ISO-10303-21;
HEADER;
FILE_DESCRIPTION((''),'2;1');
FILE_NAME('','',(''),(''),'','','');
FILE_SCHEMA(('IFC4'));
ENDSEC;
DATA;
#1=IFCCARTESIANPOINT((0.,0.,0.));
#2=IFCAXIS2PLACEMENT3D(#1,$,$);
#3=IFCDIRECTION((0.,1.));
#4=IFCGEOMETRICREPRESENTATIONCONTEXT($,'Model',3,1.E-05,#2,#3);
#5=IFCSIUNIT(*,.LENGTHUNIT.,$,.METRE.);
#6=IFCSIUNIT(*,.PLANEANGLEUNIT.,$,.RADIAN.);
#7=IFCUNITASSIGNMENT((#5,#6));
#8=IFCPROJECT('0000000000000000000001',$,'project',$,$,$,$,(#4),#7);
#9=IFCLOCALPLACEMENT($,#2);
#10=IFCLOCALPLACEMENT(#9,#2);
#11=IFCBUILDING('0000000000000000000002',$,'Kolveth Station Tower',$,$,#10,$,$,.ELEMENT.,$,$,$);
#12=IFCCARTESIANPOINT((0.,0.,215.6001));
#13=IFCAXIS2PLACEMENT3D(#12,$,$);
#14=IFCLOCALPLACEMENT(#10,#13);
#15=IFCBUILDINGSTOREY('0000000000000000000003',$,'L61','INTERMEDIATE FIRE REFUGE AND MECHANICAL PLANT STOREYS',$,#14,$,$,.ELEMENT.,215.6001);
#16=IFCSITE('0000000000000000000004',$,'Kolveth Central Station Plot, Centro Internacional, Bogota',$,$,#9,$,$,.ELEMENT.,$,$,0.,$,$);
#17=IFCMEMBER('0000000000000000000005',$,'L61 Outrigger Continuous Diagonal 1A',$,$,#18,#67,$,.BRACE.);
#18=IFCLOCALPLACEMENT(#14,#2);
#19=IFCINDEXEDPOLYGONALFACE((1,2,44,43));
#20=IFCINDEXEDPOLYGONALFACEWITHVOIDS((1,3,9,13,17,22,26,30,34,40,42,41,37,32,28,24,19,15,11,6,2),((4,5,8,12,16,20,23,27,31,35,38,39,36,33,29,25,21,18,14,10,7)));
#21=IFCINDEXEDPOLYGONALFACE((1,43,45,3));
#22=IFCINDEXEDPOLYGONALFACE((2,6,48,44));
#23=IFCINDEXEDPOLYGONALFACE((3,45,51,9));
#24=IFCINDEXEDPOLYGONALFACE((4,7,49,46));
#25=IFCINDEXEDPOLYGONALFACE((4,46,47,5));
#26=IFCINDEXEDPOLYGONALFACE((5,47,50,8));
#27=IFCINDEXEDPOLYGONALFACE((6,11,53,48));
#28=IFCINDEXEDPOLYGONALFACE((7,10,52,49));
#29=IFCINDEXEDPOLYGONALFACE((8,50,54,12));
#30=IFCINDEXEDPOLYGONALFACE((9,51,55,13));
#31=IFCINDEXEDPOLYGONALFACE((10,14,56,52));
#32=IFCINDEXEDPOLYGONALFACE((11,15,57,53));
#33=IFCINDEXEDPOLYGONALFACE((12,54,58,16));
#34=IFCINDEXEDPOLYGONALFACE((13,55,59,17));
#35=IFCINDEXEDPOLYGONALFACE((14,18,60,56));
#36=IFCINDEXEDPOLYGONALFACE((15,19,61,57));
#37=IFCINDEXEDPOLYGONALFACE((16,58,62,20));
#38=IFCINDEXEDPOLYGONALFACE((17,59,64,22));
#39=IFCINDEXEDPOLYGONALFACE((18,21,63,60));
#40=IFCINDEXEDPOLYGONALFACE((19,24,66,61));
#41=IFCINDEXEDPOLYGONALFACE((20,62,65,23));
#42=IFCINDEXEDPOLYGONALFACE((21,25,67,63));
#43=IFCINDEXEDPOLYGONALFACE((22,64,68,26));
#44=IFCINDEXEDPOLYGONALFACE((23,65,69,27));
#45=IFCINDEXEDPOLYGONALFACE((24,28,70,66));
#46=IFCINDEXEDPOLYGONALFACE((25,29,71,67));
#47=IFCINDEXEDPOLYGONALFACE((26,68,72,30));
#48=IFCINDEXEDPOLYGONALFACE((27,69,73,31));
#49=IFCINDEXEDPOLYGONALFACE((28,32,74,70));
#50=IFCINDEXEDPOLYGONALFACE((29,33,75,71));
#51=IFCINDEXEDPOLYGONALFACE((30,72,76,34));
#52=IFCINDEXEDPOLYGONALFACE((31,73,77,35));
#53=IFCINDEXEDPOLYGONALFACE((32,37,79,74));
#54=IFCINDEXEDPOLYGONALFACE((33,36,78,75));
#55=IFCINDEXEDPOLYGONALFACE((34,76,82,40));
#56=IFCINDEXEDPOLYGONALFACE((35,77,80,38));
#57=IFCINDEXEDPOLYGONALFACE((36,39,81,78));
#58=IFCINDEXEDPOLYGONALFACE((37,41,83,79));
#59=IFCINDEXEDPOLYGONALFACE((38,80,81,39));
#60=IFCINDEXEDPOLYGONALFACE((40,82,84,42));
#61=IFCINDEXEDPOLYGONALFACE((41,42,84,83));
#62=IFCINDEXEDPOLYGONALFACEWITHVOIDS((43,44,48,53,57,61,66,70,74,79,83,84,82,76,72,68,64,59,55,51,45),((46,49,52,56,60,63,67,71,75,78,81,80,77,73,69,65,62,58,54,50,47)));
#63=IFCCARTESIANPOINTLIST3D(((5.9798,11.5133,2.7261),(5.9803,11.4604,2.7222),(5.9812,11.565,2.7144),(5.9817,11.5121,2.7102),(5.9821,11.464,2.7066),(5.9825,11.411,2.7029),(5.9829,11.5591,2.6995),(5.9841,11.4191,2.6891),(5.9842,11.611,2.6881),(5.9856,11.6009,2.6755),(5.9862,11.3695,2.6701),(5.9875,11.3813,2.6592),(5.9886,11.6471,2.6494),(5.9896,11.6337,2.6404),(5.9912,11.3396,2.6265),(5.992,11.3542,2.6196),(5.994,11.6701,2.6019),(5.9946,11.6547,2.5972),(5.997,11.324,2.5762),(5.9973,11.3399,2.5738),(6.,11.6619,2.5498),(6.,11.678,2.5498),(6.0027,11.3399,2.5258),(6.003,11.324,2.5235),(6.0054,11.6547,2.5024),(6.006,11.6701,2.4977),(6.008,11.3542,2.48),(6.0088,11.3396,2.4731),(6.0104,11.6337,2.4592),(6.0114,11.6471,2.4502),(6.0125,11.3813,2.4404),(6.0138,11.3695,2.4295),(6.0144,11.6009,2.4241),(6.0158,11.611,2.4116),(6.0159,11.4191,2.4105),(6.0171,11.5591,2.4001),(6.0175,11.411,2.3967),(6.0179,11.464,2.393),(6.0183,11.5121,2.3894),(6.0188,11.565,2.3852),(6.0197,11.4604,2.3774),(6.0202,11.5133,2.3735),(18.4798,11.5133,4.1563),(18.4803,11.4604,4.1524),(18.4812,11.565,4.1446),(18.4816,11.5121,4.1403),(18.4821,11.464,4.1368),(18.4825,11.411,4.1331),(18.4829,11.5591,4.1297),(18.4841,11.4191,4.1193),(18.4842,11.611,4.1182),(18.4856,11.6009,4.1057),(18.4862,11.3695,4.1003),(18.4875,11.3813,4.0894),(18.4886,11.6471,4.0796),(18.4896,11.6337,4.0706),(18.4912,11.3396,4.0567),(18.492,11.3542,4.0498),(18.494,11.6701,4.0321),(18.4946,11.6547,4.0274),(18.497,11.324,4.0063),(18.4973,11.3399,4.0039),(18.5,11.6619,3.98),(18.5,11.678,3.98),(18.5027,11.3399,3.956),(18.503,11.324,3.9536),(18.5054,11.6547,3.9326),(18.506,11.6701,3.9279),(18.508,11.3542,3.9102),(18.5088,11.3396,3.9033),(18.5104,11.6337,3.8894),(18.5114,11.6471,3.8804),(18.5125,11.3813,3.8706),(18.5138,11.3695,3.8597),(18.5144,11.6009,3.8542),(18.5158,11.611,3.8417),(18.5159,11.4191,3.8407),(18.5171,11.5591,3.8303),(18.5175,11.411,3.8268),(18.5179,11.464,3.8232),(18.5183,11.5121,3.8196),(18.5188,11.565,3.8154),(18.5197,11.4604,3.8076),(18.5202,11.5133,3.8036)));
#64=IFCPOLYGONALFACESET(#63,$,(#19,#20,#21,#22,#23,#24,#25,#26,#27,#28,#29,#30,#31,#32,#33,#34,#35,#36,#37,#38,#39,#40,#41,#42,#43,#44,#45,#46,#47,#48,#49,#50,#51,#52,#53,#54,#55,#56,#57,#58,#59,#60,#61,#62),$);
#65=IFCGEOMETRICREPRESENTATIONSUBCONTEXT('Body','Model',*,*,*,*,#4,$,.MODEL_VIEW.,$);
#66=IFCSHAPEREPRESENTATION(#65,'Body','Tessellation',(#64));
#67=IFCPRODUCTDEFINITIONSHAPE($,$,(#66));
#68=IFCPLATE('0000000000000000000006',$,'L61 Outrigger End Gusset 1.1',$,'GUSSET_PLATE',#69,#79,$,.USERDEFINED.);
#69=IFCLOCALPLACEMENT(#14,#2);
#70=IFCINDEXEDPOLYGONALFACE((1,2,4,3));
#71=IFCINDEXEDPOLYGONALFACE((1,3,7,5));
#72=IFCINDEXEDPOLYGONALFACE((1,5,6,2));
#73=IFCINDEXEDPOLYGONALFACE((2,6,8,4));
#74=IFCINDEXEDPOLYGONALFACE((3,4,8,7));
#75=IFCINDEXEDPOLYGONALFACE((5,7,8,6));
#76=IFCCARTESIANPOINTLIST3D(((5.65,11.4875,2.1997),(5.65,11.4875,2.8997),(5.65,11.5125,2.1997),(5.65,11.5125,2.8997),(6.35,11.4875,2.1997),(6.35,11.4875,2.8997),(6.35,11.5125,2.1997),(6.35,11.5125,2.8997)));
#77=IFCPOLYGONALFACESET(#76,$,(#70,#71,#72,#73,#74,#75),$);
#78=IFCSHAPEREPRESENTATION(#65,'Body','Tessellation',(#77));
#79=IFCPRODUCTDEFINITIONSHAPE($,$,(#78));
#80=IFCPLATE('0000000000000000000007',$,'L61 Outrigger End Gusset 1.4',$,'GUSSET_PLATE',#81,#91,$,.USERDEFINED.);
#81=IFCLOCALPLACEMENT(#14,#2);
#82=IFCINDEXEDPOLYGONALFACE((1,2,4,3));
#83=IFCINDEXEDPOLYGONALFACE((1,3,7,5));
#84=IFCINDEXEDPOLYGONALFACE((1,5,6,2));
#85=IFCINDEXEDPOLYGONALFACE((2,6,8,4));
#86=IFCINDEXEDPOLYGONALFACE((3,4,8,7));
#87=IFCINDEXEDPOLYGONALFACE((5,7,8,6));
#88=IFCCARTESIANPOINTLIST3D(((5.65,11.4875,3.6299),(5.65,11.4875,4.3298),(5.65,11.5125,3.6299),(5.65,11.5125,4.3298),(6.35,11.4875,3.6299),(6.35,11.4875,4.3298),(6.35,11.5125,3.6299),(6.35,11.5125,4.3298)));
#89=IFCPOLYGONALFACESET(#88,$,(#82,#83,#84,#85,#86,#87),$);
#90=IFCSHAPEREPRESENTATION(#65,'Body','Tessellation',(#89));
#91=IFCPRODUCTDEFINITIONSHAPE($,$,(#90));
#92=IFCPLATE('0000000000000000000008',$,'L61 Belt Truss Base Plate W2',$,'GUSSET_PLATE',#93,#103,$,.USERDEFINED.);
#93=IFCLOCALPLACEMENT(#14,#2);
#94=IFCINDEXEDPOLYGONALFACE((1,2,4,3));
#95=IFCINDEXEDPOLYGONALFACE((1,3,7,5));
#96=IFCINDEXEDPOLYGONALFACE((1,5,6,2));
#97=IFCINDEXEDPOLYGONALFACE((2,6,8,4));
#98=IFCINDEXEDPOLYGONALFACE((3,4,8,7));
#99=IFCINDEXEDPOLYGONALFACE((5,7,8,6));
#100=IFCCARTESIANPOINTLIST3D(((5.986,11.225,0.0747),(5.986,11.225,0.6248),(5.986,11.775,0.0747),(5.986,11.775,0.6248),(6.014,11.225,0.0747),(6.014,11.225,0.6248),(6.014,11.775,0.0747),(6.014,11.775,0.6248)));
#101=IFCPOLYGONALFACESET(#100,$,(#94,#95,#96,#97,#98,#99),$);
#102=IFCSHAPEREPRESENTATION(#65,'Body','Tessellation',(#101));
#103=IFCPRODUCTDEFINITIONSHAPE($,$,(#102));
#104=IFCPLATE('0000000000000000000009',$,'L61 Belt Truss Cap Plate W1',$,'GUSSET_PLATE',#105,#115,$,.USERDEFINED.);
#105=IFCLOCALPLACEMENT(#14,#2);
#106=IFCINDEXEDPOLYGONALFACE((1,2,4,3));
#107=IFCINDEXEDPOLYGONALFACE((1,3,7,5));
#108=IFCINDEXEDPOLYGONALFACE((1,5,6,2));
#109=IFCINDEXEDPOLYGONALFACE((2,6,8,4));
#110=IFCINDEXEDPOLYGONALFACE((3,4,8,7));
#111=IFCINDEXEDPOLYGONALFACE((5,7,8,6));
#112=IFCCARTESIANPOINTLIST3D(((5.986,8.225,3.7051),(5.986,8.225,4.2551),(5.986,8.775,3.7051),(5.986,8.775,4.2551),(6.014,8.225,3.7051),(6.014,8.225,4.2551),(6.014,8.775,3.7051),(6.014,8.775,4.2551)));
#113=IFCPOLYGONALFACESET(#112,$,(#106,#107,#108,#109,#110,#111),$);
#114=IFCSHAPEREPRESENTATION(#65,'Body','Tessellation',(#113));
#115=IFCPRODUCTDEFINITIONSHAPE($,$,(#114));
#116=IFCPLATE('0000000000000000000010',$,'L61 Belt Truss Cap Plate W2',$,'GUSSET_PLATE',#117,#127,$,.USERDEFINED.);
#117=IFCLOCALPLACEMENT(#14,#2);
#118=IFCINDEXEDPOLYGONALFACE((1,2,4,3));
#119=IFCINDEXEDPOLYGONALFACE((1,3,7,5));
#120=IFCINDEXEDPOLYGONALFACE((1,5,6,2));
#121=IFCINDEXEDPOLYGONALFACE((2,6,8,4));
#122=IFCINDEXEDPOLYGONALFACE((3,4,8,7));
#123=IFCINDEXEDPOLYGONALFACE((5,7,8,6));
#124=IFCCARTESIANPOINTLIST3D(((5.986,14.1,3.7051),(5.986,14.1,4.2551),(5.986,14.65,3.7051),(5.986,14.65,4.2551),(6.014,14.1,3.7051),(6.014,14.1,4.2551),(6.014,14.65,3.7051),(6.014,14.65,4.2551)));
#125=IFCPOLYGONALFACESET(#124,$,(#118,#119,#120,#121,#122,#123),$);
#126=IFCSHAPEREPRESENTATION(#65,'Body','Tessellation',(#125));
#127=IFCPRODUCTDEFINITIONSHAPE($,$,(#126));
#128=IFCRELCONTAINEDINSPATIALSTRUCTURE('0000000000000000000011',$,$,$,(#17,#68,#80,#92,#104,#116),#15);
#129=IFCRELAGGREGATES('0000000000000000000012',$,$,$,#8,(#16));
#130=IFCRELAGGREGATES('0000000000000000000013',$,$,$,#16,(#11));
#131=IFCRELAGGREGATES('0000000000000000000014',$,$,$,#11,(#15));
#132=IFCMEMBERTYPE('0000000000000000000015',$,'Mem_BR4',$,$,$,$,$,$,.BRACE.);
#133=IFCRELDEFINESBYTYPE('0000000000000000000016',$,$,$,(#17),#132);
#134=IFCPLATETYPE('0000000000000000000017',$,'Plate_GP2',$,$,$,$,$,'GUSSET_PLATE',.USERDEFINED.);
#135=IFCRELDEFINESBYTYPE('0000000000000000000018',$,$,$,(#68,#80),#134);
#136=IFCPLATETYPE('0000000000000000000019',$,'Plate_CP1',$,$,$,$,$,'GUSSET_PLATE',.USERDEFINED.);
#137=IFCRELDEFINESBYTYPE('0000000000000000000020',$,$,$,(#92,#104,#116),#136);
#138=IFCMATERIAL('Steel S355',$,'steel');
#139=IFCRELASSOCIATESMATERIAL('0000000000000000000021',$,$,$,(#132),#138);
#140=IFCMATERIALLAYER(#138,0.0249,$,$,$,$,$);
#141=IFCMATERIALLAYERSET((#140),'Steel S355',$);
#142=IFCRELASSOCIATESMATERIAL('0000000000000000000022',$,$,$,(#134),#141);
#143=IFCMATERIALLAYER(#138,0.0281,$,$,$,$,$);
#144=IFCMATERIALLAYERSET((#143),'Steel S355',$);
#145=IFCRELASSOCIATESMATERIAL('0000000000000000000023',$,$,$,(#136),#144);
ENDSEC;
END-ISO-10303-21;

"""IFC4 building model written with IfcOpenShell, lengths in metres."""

from ifc_helpers import new_model, si_unit, direction, frame, origin, origin_2d, place, context, subcontext, project, spatial, rectangle, hollow_circle, extrude, source, transform, mapped, material, layer, layer_set, material_profile, profile_set, type_object, element, save


model = new_model("IFC4")

# Units and contexts
model_context = context("Model", 3, precision=1e-05, world=origin(), true_north=direction((0.0, 1.0)))
body_context = subcontext(model_context, "Body", "Model", "MODEL_VIEW")
ifc_project = project(units=[si_unit("LENGTHUNIT", "METRE"), si_unit("PLANEANGLEUNIT", "RADIAN")], contexts=[model_context])

# Site, building, storey
site_placement = place(None, origin())
site = spatial("IfcSite", under=ifc_project, at=site_placement, Name="Kolveth Central Station Plot, Centro Internacional, Bogota", CompositionType="ELEMENT", RefElevation=0.0)
building_placement = place(site_placement, origin())
building = spatial("IfcBuilding", under=site, at=building_placement, Name="Kolveth Station Tower", CompositionType="ELEMENT")
storey_placement = place(building_placement, frame((0.0, 0.0, 215.6001)))
storey = spatial("IfcBuildingStorey", under=building, at=storey_placement, Name="L61", Description="INTERMEDIATE FIRE REFUGE AND MECHANICAL PLANT STOREYS", CompositionType="ELEMENT", Elevation=215.6001)

# Shared definitions
ifc_material_1 = material(Name="Steel S355", Category="steel")

# Member
ifc_material_profile_1 = material_profile(ifc_material_1, hollow_circle(Radius=0.178, WallThickness=0.0161, at=origin_2d()), Name="CHS356x16")
ifc_profile_set_1 = profile_set([ifc_material_profile_1], Name="Steel S355")
member_type_1 = type_object("IfcMemberType", Name="Mem_BR4", PredefinedType="BRACE", material=ifc_profile_set_1)
shared_shape_1 = source(origin(), body_context, "Body", "SweptSolid", [
    extrude(hollow_circle(Radius=0.178, WallThickness=0.0161, at=origin_2d()), origin(), (0.0, 0.0, 1.0), 12.5815),
])
member_1_placement = place(storey_placement, frame((6.0, 11.5, 2.5498), z_axis=(0.993518, 0.0, 0.113672), x_axis=(0.0, 1.0, 0.0)))
element("IfcMember", 1, at=member_1_placement, inside=storey, type_object=member_type_1, Name="L61 Outrigger Continuous Diagonal 1A", PredefinedType="BRACE", context=body_context, shape_type="MappedRepresentation", body=[
    mapped(shared_shape_1, transform((0.0, 0.0, 0.0), x_axis=(1.0, 0.0, 0.0), y_axis=(0.0, 1.0, 0.0), z_axis=(0.0, 0.0, 1.0), scale=1.0)),
])

# Plates
ifc_layer_1 = layer(ifc_material_1, 0.0249)
ifc_layer_set_1 = layer_set([ifc_layer_1], Name="Steel S355")
plate_type_1 = type_object("IfcPlateType", Name="Plate_GP2", ElementType="GUSSET_PLATE", PredefinedType="USERDEFINED", material=ifc_layer_set_1)
shared_shape_2 = source(origin(), body_context, "Body", "SweptSolid", [
    extrude(rectangle(XDim=0.7, YDim=0.0249, at=origin_2d()), origin(), (0.0, 0.0, 1.0), 0.7),
])
for number, where, z_axis, x_axis, name in (
    (2, (6.0, 11.5, 2.1997), (0.0, 0.0, 1.0), (1.0, 0.0, 0.0), "L61 Outrigger End Gusset 1.1"),
    (3, (6.0, 11.5, 3.6299), (0.0, 0.0, 1.0), (1.0, 0.0, 0.0), "L61 Outrigger End Gusset 1.4"),
):
    element("IfcPlate", number, at=place(storey_placement, frame(where, z_axis=z_axis, x_axis=x_axis)), inside=storey, type_object=plate_type_1, Name=name, ObjectType="GUSSET_PLATE", PredefinedType="USERDEFINED", context=body_context, shape_type="MappedRepresentation", body=[
        mapped(shared_shape_2, transform((0.0, 0.0, 0.0), x_axis=(1.0, 0.0, 0.0), y_axis=(0.0, 1.0, 0.0), z_axis=(0.0, 0.0, 1.0), scale=1.0)),
    ])
ifc_layer_2 = layer(ifc_material_1, 0.0281)
ifc_layer_set_2 = layer_set([ifc_layer_2], Name="Steel S355")
plate_type_2 = type_object("IfcPlateType", Name="Plate_CP1", ElementType="GUSSET_PLATE", PredefinedType="USERDEFINED", material=ifc_layer_set_2)
shared_shape_3 = source(origin(), body_context, "Body", "SweptSolid", [
    extrude(rectangle(XDim=0.0281, YDim=0.55, at=origin_2d()), origin(), (0.0, 0.0, 1.0), 0.55),
])
for number, where, z_axis, x_axis, name in (
    (4, (6.0, 11.5, 0.0747), (0.0, 0.0, 1.0), (1.0, 0.0, 0.0), "L61 Belt Truss Base Plate W2"),
    (5, (6.0, 8.5, 3.7051), (0.0, 0.0, 1.0), (1.0, 0.0, 0.0), "L61 Belt Truss Cap Plate W1"),
    (6, (6.0, 14.375, 3.7051), (0.0, 0.0, 1.0), (1.0, 0.0, 0.0), "L61 Belt Truss Cap Plate W2"),
):
    element("IfcPlate", number, at=place(storey_placement, frame(where, z_axis=z_axis, x_axis=x_axis)), inside=storey, type_object=plate_type_2, Name=name, ObjectType="GUSSET_PLATE", PredefinedType="USERDEFINED", context=body_context, shape_type="MappedRepresentation", body=[
        mapped(shared_shape_3, transform((0.0, 0.0, 0.0), x_axis=(1.0, 0.0, 0.0), y_axis=(0.0, 1.0, 0.0), z_axis=(0.0, 0.0, 1.0), scale=1.0)),
    ])

save(model, "model.ifc")
